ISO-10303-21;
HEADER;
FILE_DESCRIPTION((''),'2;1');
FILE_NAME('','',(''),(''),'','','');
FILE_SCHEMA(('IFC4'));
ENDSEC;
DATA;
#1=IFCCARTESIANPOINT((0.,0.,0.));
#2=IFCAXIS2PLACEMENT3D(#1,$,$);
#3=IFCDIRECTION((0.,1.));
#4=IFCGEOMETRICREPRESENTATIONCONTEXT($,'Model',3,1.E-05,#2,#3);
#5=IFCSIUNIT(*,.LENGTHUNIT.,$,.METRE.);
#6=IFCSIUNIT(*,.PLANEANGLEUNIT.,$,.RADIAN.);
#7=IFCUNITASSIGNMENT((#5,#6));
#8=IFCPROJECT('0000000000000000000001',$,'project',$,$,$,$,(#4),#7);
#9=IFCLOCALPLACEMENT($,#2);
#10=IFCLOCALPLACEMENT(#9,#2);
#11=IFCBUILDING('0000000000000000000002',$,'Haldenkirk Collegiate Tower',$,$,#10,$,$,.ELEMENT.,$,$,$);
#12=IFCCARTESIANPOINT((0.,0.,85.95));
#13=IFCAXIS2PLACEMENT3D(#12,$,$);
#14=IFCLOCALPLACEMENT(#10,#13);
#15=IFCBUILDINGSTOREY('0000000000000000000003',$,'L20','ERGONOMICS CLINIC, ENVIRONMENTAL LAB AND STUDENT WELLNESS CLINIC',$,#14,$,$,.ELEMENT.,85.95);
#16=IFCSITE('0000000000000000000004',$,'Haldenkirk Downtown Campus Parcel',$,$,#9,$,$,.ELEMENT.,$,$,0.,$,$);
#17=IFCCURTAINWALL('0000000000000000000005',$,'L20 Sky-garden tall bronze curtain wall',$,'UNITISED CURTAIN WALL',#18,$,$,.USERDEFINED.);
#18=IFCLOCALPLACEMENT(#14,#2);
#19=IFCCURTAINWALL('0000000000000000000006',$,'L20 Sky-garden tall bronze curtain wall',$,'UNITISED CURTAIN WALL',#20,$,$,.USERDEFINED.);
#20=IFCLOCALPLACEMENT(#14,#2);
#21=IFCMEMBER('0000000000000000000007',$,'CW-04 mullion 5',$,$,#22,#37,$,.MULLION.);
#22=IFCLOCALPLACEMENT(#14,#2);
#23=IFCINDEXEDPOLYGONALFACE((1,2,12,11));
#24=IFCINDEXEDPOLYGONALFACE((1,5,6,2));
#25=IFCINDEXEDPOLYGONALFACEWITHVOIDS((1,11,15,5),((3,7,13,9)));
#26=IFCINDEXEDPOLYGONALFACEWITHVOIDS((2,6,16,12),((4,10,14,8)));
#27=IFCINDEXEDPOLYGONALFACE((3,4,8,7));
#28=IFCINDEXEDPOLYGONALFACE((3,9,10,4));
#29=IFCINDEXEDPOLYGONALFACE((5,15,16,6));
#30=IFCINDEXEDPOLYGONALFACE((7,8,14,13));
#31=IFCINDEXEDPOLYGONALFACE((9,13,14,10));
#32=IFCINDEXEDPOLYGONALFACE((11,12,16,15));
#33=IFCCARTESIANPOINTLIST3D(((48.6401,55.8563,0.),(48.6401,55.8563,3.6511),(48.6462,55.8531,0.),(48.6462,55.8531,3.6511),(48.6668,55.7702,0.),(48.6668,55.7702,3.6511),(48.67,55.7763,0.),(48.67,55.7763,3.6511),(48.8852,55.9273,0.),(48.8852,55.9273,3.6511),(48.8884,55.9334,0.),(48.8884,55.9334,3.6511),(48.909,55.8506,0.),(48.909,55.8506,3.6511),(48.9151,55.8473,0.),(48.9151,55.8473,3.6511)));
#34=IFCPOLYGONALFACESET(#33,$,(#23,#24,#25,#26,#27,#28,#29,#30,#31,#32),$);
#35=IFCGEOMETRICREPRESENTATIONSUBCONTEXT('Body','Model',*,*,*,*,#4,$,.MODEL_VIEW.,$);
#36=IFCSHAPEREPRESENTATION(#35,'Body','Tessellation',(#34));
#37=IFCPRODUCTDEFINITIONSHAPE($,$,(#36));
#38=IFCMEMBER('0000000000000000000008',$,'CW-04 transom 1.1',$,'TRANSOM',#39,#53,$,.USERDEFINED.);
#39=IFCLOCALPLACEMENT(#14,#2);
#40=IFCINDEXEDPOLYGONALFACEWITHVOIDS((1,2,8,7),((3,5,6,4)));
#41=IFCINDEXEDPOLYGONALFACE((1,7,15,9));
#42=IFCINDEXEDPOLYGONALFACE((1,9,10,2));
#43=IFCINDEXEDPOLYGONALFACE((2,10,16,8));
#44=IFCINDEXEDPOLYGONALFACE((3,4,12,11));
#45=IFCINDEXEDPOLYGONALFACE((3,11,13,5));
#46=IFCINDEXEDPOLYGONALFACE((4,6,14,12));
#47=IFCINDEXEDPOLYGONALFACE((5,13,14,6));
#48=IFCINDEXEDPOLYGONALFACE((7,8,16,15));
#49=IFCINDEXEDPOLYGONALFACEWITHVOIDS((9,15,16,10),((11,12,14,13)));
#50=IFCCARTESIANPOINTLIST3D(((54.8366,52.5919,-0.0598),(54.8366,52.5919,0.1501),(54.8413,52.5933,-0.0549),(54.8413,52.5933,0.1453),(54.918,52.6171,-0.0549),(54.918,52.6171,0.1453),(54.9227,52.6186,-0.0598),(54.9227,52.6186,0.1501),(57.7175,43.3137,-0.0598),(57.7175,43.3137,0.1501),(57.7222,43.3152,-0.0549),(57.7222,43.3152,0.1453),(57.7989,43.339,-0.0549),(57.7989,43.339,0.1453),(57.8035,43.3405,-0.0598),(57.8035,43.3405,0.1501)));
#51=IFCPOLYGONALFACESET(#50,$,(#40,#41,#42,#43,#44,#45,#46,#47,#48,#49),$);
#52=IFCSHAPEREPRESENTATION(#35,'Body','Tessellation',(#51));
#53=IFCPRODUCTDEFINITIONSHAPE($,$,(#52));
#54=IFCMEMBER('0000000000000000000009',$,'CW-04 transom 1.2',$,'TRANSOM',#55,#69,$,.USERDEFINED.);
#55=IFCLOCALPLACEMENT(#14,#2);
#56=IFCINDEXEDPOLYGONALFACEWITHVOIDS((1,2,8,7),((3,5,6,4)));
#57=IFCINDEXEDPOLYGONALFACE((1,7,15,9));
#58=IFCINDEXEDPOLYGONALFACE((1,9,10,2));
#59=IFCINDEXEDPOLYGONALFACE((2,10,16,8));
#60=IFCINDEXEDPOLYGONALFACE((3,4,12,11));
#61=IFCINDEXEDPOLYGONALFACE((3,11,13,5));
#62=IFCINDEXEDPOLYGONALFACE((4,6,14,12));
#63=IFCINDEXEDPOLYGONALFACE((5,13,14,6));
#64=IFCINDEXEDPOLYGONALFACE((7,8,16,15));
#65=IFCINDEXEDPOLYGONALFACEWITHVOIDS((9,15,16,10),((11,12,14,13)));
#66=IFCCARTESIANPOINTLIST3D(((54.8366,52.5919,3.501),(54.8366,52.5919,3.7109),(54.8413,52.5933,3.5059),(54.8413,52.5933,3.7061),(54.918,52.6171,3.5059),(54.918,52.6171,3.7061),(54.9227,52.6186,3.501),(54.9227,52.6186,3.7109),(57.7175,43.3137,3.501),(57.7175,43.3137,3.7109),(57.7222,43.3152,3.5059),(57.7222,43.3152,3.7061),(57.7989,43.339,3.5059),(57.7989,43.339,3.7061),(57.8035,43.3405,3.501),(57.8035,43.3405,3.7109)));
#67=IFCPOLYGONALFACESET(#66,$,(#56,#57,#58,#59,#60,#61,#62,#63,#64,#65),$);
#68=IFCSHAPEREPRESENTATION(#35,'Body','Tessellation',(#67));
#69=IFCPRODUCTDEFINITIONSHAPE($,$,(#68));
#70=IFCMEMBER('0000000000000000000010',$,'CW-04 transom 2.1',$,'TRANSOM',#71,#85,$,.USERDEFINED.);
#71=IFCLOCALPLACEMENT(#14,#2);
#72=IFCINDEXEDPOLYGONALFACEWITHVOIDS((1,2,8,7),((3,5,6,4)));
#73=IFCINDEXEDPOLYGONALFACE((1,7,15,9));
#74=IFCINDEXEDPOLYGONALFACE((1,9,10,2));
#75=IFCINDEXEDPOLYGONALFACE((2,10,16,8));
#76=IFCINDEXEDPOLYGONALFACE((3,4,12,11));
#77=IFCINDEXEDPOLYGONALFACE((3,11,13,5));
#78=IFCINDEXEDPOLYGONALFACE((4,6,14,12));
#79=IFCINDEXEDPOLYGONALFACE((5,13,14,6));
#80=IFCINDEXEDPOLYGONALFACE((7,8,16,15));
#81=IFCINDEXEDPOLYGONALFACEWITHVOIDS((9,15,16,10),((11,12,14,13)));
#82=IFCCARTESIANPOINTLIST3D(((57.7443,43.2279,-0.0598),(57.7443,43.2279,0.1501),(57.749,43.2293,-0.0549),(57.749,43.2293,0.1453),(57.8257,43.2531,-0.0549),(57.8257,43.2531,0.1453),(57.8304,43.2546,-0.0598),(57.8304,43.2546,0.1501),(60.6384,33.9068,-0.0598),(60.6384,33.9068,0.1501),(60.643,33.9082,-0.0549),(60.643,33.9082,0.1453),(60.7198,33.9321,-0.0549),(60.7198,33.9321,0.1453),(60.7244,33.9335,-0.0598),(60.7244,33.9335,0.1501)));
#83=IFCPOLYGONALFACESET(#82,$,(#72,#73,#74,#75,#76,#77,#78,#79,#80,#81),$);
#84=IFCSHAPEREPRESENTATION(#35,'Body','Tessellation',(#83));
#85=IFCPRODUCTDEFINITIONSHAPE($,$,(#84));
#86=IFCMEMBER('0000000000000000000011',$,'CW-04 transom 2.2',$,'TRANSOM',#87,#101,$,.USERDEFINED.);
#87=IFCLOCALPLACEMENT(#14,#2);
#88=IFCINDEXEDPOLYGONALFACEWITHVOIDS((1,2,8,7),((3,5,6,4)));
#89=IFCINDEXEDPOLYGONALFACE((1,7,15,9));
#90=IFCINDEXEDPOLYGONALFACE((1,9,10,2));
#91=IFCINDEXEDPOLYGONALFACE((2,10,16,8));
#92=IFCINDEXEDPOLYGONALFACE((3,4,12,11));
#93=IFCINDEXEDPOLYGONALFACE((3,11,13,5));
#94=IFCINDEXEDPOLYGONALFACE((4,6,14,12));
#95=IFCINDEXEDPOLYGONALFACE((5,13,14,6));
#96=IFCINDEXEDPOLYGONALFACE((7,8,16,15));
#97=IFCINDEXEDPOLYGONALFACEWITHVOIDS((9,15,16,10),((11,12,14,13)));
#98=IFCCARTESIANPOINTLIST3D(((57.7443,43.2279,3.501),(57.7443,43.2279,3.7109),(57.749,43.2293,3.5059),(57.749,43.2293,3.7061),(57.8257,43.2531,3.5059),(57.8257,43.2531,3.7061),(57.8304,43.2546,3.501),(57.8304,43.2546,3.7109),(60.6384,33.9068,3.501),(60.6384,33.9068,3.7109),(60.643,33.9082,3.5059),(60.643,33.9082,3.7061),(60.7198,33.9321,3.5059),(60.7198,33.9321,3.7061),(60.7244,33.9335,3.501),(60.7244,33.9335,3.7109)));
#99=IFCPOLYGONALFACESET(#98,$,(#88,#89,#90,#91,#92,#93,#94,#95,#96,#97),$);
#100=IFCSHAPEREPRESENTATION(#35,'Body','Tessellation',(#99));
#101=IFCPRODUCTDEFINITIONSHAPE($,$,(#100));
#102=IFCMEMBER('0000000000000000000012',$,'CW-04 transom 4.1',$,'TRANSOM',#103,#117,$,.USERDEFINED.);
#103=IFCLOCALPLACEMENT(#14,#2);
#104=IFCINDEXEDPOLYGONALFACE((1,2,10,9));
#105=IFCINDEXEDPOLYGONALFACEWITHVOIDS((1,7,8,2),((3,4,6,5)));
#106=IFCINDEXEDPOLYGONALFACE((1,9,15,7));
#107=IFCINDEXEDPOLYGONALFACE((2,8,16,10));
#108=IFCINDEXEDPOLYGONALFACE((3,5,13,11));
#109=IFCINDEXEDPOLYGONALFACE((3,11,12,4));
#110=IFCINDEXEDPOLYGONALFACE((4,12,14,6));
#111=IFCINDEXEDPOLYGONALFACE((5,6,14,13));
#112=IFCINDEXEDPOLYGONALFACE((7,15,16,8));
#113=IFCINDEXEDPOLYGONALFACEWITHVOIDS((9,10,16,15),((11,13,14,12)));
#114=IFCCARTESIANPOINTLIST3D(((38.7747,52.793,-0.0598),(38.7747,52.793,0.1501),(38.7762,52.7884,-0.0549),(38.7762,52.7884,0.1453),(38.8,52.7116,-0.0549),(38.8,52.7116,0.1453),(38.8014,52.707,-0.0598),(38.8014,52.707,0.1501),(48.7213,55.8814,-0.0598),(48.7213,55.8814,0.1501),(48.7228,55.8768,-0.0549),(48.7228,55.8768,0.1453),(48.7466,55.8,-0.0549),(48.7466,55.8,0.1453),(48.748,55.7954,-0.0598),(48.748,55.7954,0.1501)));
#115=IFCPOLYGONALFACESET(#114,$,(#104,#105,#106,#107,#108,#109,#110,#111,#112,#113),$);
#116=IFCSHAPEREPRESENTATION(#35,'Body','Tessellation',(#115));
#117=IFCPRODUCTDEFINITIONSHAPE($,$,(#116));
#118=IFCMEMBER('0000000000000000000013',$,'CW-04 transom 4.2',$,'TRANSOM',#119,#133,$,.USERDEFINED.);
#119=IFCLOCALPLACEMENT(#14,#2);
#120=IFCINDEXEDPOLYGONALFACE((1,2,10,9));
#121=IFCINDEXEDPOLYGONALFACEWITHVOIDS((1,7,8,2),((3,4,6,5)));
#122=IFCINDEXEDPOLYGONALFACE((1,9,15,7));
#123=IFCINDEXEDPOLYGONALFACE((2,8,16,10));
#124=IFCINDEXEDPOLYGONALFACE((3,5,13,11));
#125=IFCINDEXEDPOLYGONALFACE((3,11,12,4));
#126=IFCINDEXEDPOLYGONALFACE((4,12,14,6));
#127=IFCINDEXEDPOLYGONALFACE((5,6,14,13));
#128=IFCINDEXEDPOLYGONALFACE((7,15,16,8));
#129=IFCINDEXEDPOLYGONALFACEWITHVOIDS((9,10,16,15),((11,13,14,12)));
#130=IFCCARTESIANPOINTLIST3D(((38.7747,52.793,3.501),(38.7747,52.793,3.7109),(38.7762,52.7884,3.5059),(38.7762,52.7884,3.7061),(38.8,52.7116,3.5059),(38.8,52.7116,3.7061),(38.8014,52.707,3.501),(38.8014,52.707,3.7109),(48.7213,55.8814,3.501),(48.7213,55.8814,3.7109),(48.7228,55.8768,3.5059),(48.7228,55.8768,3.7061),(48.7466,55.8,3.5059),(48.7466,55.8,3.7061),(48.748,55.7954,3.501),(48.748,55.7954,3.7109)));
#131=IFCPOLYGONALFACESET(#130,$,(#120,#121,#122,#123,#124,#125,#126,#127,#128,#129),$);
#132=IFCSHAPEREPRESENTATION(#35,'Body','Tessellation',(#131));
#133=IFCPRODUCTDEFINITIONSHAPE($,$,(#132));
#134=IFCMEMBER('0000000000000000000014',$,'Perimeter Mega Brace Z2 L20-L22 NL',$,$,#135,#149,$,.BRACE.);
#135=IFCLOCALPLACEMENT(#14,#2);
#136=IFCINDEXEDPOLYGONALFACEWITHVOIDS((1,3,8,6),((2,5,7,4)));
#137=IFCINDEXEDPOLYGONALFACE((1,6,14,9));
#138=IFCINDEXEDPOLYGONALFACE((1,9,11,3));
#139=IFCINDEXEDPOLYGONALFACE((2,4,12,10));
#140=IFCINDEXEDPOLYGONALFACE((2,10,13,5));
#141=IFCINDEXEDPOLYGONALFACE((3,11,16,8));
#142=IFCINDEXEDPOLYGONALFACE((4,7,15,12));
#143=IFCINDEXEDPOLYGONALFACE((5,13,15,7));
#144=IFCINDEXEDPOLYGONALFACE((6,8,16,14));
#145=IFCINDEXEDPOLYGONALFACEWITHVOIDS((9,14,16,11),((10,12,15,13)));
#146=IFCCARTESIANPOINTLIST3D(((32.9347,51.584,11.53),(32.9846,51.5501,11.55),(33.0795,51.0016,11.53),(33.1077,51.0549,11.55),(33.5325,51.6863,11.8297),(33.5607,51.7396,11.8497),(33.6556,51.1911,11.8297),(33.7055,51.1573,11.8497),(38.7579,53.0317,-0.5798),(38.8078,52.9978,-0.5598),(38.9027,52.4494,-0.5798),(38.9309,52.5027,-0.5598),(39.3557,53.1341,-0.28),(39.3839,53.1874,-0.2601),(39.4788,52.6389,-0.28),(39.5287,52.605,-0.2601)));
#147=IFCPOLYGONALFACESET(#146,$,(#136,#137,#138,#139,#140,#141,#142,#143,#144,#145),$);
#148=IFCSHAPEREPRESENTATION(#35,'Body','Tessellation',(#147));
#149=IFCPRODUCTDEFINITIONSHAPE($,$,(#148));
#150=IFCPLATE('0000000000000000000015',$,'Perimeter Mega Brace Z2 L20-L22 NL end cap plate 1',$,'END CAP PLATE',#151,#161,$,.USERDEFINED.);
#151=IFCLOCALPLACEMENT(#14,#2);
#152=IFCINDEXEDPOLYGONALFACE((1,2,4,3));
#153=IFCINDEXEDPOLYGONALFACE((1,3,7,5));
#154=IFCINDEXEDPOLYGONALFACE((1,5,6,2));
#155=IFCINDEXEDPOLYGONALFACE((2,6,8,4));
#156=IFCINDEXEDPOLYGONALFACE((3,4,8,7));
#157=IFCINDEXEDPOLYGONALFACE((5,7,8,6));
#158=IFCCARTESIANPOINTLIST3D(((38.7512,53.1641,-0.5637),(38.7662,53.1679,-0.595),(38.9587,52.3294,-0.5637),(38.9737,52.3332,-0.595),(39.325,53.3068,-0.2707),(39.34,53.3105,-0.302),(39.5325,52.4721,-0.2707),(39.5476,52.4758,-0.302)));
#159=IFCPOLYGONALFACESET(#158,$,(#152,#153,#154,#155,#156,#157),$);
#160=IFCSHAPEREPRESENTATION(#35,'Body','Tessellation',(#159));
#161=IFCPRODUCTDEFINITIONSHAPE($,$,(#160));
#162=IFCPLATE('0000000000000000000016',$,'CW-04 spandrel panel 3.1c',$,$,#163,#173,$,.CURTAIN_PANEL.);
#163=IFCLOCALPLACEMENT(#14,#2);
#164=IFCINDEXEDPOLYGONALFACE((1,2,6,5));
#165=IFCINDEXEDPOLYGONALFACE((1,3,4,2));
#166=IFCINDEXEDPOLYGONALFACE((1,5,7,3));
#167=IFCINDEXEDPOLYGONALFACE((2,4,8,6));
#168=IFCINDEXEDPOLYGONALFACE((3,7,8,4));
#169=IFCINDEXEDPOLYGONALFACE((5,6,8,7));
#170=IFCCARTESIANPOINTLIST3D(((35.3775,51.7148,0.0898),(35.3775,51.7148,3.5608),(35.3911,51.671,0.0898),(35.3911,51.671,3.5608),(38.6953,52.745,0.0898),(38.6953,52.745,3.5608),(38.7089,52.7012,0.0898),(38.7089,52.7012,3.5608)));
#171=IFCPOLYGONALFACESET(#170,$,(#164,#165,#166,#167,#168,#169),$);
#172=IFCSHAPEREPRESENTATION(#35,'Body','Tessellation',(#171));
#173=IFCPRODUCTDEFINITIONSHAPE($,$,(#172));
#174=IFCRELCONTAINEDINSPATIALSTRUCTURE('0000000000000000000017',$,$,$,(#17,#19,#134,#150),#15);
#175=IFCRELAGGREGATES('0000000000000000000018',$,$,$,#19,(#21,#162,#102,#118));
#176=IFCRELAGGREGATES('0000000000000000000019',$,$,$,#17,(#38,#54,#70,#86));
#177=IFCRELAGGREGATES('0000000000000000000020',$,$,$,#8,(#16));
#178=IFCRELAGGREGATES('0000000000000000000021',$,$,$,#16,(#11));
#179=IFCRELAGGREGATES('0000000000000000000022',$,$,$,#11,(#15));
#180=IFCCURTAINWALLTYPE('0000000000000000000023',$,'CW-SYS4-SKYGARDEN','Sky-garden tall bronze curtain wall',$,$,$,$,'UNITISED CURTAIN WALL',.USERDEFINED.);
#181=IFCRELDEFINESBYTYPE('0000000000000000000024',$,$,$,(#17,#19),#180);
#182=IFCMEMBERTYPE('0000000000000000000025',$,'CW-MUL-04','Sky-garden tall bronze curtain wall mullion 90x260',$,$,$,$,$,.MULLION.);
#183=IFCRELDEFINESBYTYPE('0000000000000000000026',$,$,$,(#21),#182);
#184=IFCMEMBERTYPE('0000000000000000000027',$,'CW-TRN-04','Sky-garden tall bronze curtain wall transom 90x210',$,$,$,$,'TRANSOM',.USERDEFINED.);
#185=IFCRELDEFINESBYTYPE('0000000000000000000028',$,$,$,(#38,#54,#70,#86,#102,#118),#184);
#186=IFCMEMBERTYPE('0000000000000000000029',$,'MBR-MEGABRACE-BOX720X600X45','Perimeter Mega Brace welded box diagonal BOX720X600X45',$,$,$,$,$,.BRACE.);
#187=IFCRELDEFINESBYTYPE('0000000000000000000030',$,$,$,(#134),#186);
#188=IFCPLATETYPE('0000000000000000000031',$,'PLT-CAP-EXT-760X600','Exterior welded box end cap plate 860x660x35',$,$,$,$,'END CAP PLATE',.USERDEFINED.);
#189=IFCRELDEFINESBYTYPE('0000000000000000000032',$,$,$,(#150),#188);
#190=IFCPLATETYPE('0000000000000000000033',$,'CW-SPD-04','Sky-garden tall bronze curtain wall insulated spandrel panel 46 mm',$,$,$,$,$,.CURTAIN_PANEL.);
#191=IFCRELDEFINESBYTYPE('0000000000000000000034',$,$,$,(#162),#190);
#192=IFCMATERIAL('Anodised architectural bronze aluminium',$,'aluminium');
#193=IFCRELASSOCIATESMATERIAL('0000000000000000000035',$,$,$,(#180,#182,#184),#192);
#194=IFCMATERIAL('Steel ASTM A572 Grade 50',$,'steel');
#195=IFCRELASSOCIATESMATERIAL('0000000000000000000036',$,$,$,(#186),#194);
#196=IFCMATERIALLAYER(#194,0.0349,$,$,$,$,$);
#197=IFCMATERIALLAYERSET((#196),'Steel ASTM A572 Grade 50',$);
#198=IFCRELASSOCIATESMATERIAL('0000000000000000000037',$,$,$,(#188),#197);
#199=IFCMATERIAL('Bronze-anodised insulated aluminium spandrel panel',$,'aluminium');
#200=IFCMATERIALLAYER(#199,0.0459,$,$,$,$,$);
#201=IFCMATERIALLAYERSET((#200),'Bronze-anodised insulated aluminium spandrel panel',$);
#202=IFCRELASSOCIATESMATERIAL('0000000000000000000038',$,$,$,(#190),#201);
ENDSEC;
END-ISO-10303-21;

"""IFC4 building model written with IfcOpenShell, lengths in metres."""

from ifc_helpers import new_model, si_unit, direction, frame, origin, origin_2d, place, context, subcontext, project, spatial, rectangle, hollow_rectangle, extrude, source, transform, mapped, material, layer, layer_set, material_profile, profile_set, type_object, element, aggregate, save


model = new_model("IFC4")

# Units and contexts
model_context = context("Model", 3, precision=1e-05, world=origin(), true_north=direction((0.0, 1.0)))
body_context = subcontext(model_context, "Body", "Model", "MODEL_VIEW")
ifc_project = project(units=[si_unit("LENGTHUNIT", "METRE"), si_unit("PLANEANGLEUNIT", "RADIAN")], contexts=[model_context])

# Site, building, storey
site_placement = place(None, origin())
site = spatial("IfcSite", under=ifc_project, at=site_placement, Name="Haldenkirk Downtown Campus Parcel", CompositionType="ELEMENT", RefElevation=0.0)
building_placement = place(site_placement, origin())
building = spatial("IfcBuilding", under=site, at=building_placement, Name="Haldenkirk Collegiate Tower", CompositionType="ELEMENT")
storey_placement = place(building_placement, frame((0.0, 0.0, 85.95)))
storey = spatial("IfcBuildingStorey", under=building, at=storey_placement, Name="L20", Description="ERGONOMICS CLINIC, ENVIRONMENTAL LAB AND STUDENT WELLNESS CLINIC", CompositionType="ELEMENT", Elevation=85.95)

# Shared definitions
ifc_material_1 = material(Name="Steel ASTM A572 Grade 50", Category="steel")

# Curtain walls, member
ifc_material_2 = material(Name="Anodised architectural bronze aluminium", Category="aluminium")
curtain_wall_type = type_object("IfcCurtainWallType", Name="CW-SYS4-SKYGARDEN", Description="Sky-garden tall bronze curtain wall", ElementType="UNITISED CURTAIN WALL", PredefinedType="USERDEFINED", material=ifc_material_2)
curtain_wall_1_placement = place(storey_placement, origin())
curtain_wall_1 = element("IfcCurtainWall", 1, at=curtain_wall_1_placement, inside=storey, type_object=curtain_wall_type, Name="L20 Sky-garden tall bronze curtain wall", ObjectType="UNITISED CURTAIN WALL", PredefinedType="USERDEFINED")
ifc_material_profile_1 = material_profile(ifc_material_2, hollow_rectangle(XDim=0.0901, YDim=0.26, WallThickness=0.0049, at=origin_2d()), Name="CW-MUL-04")
ifc_profile_set_1 = profile_set([ifc_material_profile_1], Name="Anodised architectural bronze aluminium")
member_type_1 = type_object("IfcMemberType", Name="CW-MUL-04", Description="Sky-garden tall bronze curtain wall mullion 90x260", PredefinedType="MULLION", material=ifc_profile_set_1)
curtain_wall_2_placement = place(storey_placement, origin())
curtain_wall_2 = element("IfcCurtainWall", 2, at=curtain_wall_2_placement, inside=storey, type_object=curtain_wall_type, Name="L20 Sky-garden tall bronze curtain wall", ObjectType="UNITISED CURTAIN WALL", PredefinedType="USERDEFINED")
member_1_placement = place(storey_placement, frame((48.7776, 55.8518, 0.0), z_axis=(0.0, 0.0, 1.0), x_axis=(-0.29654, 0.95502, 0.0)))
member_1 = element("IfcMember", 3, at=member_1_placement, type_object=member_type_1, Name="CW-04 mullion 5", PredefinedType="MULLION", context=body_context, shape_type="SweptSolid", body=[
    extrude(hollow_rectangle(XDim=0.0901, YDim=0.26, WallThickness=0.0049, at=origin_2d()), origin(), (0.0, 0.0, 1.0), 3.6511),
])

# Members
ifc_material_profile_2 = material_profile(ifc_material_2, hollow_rectangle(XDim=0.0901, YDim=0.21, WallThickness=0.0049, at=origin_2d()), Name="CW-TRN-04")
ifc_profile_set_2 = profile_set([ifc_material_profile_2], Name="Anodised architectural bronze aluminium")
member_type_2 = type_object("IfcMemberType", Name="CW-TRN-04", Description="Sky-garden tall bronze curtain wall transom 90x210", ElementType="TRANSOM", PredefinedType="USERDEFINED", material=ifc_profile_set_2)
member_2_placement = place(storey_placement, frame((54.8796, 52.6052, 0.0452), z_axis=(0.296536, -0.955022, 0.0), x_axis=(0.955022, 0.296536, 0.0)))
member_2 = element("IfcMember", 4, at=member_2_placement, type_object=member_type_2, Name="CW-04 transom 1.1", ObjectType="TRANSOM", PredefinedType="USERDEFINED", context=body_context, shape_type="SweptSolid", body=[
    extrude(hollow_rectangle(XDim=0.0901, YDim=0.21, WallThickness=0.0049, at=origin_2d()), origin(), (0.0, 0.0, 1.0), 9.7151),
])
member_3_placement = place(storey_placement, frame((54.8796, 52.6052, 3.606), z_axis=(0.296536, -0.955022, 0.0), x_axis=(0.955022, 0.296536, 0.0)))
member_3 = element("IfcMember", 5, at=member_3_placement, type_object=member_type_2, Name="CW-04 transom 1.2", ObjectType="TRANSOM", PredefinedType="USERDEFINED", context=body_context, shape_type="SweptSolid", body=[
    extrude(hollow_rectangle(XDim=0.0901, YDim=0.21, WallThickness=0.0049, at=origin_2d()), origin(), (0.0, 0.0, 1.0), 9.7151),
])
member_4_placement = place(storey_placement, frame((57.7874, 43.2412, 0.0452), z_axis=(0.296521, -0.955026, 0.0), x_axis=(0.955026, 0.296521, 0.0)))
member_4 = element("IfcMember", 6, at=member_4_placement, type_object=member_type_2, Name="CW-04 transom 2.1", ObjectType="TRANSOM", PredefinedType="USERDEFINED", context=body_context, shape_type="SweptSolid", body=[
    extrude(hollow_rectangle(XDim=0.0901, YDim=0.21, WallThickness=0.0049, at=origin_2d()), origin(), (0.0, 0.0, 1.0), 9.76),
])
member_5_placement = place(storey_placement, frame((57.7874, 43.2412, 3.606), z_axis=(0.296521, -0.955026, 0.0), x_axis=(0.955026, 0.296521, 0.0)))
member_5 = element("IfcMember", 7, at=member_5_placement, type_object=member_type_2, Name="CW-04 transom 2.2", ObjectType="TRANSOM", PredefinedType="USERDEFINED", context=body_context, shape_type="SweptSolid", body=[
    extrude(hollow_rectangle(XDim=0.0901, YDim=0.21, WallThickness=0.0049, at=origin_2d()), origin(), (0.0, 0.0, 1.0), 9.76),
])
member_6_placement = place(storey_placement, frame((38.7881, 52.75, 0.0452), z_axis=(0.955023, 0.296533, 0.0), x_axis=(-0.296533, 0.955023, 0.0)))
member_6 = element("IfcMember", 8, at=member_6_placement, type_object=member_type_2, Name="CW-04 transom 4.1", ObjectType="TRANSOM", PredefinedType="USERDEFINED", context=body_context, shape_type="SweptSolid", body=[
    extrude(hollow_rectangle(XDim=0.0901, YDim=0.21, WallThickness=0.0049, at=origin_2d()), origin(), (0.0, 0.0, 1.0), 10.415),
])
member_7_placement = place(storey_placement, frame((38.7881, 52.75, 3.606), z_axis=(0.955023, 0.296533, 0.0), x_axis=(-0.296533, 0.955023, 0.0)))
member_7 = element("IfcMember", 9, at=member_7_placement, type_object=member_type_2, Name="CW-04 transom 4.2", ObjectType="TRANSOM", PredefinedType="USERDEFINED", context=body_context, shape_type="SweptSolid", body=[
    extrude(hollow_rectangle(XDim=0.0901, YDim=0.21, WallThickness=0.0049, at=origin_2d()), origin(), (0.0, 0.0, 1.0), 10.415),
])
ifc_material_profile_3 = material_profile(ifc_material_1, hollow_rectangle(XDim=0.6001, YDim=0.72, WallThickness=0.0449, at=origin_2d()), Name="BOX720X600X45")
ifc_profile_set_3 = profile_set([ifc_material_profile_3], Name="Steel ASTM A572 Grade 50")
member_type_3 = type_object("IfcMemberType", Name="MBR-MEGABRACE-BOX720X600X45", Description="Perimeter Mega Brace welded box diagonal BOX720X600X45", PredefinedType="BRACE", material=ifc_profile_set_3)
member_8_placement = place(storey_placement, frame((39.1433, 52.8184, -0.4199), z_axis=(-0.430873, -0.107122, 0.896032), x_axis=(0.241272, -0.970458, 0.0)))
element("IfcMember", 10, at=member_8_placement, inside=storey, type_object=member_type_3, Name="Perimeter Mega Brace Z2 L20-L22 NL", PredefinedType="BRACE", context=body_context, shape_type="SweptSolid", body=[
    extrude(hollow_rectangle(XDim=0.6001, YDim=0.72, WallThickness=0.0449, at=origin_2d()), origin(), (0.0, 0.0, 1.0), 13.5149),
])

# Plates
ifc_layer_1 = layer(ifc_material_1, 0.0349)
ifc_layer_set_1 = layer_set([ifc_layer_1], Name="Steel ASTM A572 Grade 50")
plate_type_1 = type_object("IfcPlateType", Name="PLT-CAP-EXT-760X600", Description="Exterior welded box end cap plate 860x660x35", ElementType="END CAP PLATE", PredefinedType="USERDEFINED", material=ifc_layer_set_1)
shared_shape_1 = source(origin(), body_context, "Body", "SweptSolid", [
    extrude(rectangle(XDim=0.8601, YDim=0.6599, at=origin_2d()), origin(), (0.0, 0.0, 1.0), 0.0349),
])
plate_1_placement = place(storey_placement, frame((39.1418, 52.8181, -0.4172), z_axis=(0.430866, 0.107132, -0.896034), x_axis=(-0.241296, 0.970452, 0.0)))
element("IfcPlate", 11, at=plate_1_placement, inside=storey, type_object=plate_type_1, Name="Perimeter Mega Brace Z2 L20-L22 NL end cap plate 1", ObjectType="END CAP PLATE", PredefinedType="USERDEFINED", context=body_context, shape_type="MappedRepresentation", body=[
    mapped(shared_shape_1, transform((0.0, 0.0, 0.0), x_axis=(1.0, 0.0, 0.0), y_axis=(0.0, 1.0, 0.0), z_axis=(0.0, 0.0, 1.0), scale=1.0)),
])
ifc_material_3 = material(Name="Bronze-anodised insulated aluminium spandrel panel", Category="aluminium")
ifc_layer_2 = layer(ifc_material_3, 0.0459)
ifc_layer_set_2 = layer_set([ifc_layer_2], Name="Bronze-anodised insulated aluminium spandrel panel")
plate_type_2 = type_object("IfcPlateType", Name="CW-SPD-04", Description="Sky-garden tall bronze curtain wall insulated spandrel panel 46 mm", PredefinedType="CURTAIN_PANEL", material=ifc_layer_set_2)
shared_shape_2 = source(origin(), body_context, "Body", "SweptSolid", [
    extrude(rectangle(XDim=3.4741, YDim=0.0459, at=origin_2d()), origin(), (0.0, 0.0, 1.0), 3.4709),
])
plate_2_placement = place(storey_placement, frame((37.0432, 52.208, 0.0898), z_axis=(0.0, 0.0, 1.0), x_axis=(0.95502, 0.29654, 0.0)))
plate_2 = element("IfcPlate", 12, at=plate_2_placement, type_object=plate_type_2, Name="CW-04 spandrel panel 3.1c", PredefinedType="CURTAIN_PANEL", context=body_context, shape_type="MappedRepresentation", body=[
    mapped(shared_shape_2, transform((0.0, 0.0, 0.0), x_axis=(1.0, 0.0, 0.0), y_axis=(0.0, 1.0, 0.0), z_axis=(0.0, 0.0, 1.0), scale=1.0)),
])
aggregate(curtain_wall_2, [member_1, plate_2, member_6, member_7])
aggregate(curtain_wall_1, [member_2, member_3, member_4, member_5])

save(model, "model.ifc")
